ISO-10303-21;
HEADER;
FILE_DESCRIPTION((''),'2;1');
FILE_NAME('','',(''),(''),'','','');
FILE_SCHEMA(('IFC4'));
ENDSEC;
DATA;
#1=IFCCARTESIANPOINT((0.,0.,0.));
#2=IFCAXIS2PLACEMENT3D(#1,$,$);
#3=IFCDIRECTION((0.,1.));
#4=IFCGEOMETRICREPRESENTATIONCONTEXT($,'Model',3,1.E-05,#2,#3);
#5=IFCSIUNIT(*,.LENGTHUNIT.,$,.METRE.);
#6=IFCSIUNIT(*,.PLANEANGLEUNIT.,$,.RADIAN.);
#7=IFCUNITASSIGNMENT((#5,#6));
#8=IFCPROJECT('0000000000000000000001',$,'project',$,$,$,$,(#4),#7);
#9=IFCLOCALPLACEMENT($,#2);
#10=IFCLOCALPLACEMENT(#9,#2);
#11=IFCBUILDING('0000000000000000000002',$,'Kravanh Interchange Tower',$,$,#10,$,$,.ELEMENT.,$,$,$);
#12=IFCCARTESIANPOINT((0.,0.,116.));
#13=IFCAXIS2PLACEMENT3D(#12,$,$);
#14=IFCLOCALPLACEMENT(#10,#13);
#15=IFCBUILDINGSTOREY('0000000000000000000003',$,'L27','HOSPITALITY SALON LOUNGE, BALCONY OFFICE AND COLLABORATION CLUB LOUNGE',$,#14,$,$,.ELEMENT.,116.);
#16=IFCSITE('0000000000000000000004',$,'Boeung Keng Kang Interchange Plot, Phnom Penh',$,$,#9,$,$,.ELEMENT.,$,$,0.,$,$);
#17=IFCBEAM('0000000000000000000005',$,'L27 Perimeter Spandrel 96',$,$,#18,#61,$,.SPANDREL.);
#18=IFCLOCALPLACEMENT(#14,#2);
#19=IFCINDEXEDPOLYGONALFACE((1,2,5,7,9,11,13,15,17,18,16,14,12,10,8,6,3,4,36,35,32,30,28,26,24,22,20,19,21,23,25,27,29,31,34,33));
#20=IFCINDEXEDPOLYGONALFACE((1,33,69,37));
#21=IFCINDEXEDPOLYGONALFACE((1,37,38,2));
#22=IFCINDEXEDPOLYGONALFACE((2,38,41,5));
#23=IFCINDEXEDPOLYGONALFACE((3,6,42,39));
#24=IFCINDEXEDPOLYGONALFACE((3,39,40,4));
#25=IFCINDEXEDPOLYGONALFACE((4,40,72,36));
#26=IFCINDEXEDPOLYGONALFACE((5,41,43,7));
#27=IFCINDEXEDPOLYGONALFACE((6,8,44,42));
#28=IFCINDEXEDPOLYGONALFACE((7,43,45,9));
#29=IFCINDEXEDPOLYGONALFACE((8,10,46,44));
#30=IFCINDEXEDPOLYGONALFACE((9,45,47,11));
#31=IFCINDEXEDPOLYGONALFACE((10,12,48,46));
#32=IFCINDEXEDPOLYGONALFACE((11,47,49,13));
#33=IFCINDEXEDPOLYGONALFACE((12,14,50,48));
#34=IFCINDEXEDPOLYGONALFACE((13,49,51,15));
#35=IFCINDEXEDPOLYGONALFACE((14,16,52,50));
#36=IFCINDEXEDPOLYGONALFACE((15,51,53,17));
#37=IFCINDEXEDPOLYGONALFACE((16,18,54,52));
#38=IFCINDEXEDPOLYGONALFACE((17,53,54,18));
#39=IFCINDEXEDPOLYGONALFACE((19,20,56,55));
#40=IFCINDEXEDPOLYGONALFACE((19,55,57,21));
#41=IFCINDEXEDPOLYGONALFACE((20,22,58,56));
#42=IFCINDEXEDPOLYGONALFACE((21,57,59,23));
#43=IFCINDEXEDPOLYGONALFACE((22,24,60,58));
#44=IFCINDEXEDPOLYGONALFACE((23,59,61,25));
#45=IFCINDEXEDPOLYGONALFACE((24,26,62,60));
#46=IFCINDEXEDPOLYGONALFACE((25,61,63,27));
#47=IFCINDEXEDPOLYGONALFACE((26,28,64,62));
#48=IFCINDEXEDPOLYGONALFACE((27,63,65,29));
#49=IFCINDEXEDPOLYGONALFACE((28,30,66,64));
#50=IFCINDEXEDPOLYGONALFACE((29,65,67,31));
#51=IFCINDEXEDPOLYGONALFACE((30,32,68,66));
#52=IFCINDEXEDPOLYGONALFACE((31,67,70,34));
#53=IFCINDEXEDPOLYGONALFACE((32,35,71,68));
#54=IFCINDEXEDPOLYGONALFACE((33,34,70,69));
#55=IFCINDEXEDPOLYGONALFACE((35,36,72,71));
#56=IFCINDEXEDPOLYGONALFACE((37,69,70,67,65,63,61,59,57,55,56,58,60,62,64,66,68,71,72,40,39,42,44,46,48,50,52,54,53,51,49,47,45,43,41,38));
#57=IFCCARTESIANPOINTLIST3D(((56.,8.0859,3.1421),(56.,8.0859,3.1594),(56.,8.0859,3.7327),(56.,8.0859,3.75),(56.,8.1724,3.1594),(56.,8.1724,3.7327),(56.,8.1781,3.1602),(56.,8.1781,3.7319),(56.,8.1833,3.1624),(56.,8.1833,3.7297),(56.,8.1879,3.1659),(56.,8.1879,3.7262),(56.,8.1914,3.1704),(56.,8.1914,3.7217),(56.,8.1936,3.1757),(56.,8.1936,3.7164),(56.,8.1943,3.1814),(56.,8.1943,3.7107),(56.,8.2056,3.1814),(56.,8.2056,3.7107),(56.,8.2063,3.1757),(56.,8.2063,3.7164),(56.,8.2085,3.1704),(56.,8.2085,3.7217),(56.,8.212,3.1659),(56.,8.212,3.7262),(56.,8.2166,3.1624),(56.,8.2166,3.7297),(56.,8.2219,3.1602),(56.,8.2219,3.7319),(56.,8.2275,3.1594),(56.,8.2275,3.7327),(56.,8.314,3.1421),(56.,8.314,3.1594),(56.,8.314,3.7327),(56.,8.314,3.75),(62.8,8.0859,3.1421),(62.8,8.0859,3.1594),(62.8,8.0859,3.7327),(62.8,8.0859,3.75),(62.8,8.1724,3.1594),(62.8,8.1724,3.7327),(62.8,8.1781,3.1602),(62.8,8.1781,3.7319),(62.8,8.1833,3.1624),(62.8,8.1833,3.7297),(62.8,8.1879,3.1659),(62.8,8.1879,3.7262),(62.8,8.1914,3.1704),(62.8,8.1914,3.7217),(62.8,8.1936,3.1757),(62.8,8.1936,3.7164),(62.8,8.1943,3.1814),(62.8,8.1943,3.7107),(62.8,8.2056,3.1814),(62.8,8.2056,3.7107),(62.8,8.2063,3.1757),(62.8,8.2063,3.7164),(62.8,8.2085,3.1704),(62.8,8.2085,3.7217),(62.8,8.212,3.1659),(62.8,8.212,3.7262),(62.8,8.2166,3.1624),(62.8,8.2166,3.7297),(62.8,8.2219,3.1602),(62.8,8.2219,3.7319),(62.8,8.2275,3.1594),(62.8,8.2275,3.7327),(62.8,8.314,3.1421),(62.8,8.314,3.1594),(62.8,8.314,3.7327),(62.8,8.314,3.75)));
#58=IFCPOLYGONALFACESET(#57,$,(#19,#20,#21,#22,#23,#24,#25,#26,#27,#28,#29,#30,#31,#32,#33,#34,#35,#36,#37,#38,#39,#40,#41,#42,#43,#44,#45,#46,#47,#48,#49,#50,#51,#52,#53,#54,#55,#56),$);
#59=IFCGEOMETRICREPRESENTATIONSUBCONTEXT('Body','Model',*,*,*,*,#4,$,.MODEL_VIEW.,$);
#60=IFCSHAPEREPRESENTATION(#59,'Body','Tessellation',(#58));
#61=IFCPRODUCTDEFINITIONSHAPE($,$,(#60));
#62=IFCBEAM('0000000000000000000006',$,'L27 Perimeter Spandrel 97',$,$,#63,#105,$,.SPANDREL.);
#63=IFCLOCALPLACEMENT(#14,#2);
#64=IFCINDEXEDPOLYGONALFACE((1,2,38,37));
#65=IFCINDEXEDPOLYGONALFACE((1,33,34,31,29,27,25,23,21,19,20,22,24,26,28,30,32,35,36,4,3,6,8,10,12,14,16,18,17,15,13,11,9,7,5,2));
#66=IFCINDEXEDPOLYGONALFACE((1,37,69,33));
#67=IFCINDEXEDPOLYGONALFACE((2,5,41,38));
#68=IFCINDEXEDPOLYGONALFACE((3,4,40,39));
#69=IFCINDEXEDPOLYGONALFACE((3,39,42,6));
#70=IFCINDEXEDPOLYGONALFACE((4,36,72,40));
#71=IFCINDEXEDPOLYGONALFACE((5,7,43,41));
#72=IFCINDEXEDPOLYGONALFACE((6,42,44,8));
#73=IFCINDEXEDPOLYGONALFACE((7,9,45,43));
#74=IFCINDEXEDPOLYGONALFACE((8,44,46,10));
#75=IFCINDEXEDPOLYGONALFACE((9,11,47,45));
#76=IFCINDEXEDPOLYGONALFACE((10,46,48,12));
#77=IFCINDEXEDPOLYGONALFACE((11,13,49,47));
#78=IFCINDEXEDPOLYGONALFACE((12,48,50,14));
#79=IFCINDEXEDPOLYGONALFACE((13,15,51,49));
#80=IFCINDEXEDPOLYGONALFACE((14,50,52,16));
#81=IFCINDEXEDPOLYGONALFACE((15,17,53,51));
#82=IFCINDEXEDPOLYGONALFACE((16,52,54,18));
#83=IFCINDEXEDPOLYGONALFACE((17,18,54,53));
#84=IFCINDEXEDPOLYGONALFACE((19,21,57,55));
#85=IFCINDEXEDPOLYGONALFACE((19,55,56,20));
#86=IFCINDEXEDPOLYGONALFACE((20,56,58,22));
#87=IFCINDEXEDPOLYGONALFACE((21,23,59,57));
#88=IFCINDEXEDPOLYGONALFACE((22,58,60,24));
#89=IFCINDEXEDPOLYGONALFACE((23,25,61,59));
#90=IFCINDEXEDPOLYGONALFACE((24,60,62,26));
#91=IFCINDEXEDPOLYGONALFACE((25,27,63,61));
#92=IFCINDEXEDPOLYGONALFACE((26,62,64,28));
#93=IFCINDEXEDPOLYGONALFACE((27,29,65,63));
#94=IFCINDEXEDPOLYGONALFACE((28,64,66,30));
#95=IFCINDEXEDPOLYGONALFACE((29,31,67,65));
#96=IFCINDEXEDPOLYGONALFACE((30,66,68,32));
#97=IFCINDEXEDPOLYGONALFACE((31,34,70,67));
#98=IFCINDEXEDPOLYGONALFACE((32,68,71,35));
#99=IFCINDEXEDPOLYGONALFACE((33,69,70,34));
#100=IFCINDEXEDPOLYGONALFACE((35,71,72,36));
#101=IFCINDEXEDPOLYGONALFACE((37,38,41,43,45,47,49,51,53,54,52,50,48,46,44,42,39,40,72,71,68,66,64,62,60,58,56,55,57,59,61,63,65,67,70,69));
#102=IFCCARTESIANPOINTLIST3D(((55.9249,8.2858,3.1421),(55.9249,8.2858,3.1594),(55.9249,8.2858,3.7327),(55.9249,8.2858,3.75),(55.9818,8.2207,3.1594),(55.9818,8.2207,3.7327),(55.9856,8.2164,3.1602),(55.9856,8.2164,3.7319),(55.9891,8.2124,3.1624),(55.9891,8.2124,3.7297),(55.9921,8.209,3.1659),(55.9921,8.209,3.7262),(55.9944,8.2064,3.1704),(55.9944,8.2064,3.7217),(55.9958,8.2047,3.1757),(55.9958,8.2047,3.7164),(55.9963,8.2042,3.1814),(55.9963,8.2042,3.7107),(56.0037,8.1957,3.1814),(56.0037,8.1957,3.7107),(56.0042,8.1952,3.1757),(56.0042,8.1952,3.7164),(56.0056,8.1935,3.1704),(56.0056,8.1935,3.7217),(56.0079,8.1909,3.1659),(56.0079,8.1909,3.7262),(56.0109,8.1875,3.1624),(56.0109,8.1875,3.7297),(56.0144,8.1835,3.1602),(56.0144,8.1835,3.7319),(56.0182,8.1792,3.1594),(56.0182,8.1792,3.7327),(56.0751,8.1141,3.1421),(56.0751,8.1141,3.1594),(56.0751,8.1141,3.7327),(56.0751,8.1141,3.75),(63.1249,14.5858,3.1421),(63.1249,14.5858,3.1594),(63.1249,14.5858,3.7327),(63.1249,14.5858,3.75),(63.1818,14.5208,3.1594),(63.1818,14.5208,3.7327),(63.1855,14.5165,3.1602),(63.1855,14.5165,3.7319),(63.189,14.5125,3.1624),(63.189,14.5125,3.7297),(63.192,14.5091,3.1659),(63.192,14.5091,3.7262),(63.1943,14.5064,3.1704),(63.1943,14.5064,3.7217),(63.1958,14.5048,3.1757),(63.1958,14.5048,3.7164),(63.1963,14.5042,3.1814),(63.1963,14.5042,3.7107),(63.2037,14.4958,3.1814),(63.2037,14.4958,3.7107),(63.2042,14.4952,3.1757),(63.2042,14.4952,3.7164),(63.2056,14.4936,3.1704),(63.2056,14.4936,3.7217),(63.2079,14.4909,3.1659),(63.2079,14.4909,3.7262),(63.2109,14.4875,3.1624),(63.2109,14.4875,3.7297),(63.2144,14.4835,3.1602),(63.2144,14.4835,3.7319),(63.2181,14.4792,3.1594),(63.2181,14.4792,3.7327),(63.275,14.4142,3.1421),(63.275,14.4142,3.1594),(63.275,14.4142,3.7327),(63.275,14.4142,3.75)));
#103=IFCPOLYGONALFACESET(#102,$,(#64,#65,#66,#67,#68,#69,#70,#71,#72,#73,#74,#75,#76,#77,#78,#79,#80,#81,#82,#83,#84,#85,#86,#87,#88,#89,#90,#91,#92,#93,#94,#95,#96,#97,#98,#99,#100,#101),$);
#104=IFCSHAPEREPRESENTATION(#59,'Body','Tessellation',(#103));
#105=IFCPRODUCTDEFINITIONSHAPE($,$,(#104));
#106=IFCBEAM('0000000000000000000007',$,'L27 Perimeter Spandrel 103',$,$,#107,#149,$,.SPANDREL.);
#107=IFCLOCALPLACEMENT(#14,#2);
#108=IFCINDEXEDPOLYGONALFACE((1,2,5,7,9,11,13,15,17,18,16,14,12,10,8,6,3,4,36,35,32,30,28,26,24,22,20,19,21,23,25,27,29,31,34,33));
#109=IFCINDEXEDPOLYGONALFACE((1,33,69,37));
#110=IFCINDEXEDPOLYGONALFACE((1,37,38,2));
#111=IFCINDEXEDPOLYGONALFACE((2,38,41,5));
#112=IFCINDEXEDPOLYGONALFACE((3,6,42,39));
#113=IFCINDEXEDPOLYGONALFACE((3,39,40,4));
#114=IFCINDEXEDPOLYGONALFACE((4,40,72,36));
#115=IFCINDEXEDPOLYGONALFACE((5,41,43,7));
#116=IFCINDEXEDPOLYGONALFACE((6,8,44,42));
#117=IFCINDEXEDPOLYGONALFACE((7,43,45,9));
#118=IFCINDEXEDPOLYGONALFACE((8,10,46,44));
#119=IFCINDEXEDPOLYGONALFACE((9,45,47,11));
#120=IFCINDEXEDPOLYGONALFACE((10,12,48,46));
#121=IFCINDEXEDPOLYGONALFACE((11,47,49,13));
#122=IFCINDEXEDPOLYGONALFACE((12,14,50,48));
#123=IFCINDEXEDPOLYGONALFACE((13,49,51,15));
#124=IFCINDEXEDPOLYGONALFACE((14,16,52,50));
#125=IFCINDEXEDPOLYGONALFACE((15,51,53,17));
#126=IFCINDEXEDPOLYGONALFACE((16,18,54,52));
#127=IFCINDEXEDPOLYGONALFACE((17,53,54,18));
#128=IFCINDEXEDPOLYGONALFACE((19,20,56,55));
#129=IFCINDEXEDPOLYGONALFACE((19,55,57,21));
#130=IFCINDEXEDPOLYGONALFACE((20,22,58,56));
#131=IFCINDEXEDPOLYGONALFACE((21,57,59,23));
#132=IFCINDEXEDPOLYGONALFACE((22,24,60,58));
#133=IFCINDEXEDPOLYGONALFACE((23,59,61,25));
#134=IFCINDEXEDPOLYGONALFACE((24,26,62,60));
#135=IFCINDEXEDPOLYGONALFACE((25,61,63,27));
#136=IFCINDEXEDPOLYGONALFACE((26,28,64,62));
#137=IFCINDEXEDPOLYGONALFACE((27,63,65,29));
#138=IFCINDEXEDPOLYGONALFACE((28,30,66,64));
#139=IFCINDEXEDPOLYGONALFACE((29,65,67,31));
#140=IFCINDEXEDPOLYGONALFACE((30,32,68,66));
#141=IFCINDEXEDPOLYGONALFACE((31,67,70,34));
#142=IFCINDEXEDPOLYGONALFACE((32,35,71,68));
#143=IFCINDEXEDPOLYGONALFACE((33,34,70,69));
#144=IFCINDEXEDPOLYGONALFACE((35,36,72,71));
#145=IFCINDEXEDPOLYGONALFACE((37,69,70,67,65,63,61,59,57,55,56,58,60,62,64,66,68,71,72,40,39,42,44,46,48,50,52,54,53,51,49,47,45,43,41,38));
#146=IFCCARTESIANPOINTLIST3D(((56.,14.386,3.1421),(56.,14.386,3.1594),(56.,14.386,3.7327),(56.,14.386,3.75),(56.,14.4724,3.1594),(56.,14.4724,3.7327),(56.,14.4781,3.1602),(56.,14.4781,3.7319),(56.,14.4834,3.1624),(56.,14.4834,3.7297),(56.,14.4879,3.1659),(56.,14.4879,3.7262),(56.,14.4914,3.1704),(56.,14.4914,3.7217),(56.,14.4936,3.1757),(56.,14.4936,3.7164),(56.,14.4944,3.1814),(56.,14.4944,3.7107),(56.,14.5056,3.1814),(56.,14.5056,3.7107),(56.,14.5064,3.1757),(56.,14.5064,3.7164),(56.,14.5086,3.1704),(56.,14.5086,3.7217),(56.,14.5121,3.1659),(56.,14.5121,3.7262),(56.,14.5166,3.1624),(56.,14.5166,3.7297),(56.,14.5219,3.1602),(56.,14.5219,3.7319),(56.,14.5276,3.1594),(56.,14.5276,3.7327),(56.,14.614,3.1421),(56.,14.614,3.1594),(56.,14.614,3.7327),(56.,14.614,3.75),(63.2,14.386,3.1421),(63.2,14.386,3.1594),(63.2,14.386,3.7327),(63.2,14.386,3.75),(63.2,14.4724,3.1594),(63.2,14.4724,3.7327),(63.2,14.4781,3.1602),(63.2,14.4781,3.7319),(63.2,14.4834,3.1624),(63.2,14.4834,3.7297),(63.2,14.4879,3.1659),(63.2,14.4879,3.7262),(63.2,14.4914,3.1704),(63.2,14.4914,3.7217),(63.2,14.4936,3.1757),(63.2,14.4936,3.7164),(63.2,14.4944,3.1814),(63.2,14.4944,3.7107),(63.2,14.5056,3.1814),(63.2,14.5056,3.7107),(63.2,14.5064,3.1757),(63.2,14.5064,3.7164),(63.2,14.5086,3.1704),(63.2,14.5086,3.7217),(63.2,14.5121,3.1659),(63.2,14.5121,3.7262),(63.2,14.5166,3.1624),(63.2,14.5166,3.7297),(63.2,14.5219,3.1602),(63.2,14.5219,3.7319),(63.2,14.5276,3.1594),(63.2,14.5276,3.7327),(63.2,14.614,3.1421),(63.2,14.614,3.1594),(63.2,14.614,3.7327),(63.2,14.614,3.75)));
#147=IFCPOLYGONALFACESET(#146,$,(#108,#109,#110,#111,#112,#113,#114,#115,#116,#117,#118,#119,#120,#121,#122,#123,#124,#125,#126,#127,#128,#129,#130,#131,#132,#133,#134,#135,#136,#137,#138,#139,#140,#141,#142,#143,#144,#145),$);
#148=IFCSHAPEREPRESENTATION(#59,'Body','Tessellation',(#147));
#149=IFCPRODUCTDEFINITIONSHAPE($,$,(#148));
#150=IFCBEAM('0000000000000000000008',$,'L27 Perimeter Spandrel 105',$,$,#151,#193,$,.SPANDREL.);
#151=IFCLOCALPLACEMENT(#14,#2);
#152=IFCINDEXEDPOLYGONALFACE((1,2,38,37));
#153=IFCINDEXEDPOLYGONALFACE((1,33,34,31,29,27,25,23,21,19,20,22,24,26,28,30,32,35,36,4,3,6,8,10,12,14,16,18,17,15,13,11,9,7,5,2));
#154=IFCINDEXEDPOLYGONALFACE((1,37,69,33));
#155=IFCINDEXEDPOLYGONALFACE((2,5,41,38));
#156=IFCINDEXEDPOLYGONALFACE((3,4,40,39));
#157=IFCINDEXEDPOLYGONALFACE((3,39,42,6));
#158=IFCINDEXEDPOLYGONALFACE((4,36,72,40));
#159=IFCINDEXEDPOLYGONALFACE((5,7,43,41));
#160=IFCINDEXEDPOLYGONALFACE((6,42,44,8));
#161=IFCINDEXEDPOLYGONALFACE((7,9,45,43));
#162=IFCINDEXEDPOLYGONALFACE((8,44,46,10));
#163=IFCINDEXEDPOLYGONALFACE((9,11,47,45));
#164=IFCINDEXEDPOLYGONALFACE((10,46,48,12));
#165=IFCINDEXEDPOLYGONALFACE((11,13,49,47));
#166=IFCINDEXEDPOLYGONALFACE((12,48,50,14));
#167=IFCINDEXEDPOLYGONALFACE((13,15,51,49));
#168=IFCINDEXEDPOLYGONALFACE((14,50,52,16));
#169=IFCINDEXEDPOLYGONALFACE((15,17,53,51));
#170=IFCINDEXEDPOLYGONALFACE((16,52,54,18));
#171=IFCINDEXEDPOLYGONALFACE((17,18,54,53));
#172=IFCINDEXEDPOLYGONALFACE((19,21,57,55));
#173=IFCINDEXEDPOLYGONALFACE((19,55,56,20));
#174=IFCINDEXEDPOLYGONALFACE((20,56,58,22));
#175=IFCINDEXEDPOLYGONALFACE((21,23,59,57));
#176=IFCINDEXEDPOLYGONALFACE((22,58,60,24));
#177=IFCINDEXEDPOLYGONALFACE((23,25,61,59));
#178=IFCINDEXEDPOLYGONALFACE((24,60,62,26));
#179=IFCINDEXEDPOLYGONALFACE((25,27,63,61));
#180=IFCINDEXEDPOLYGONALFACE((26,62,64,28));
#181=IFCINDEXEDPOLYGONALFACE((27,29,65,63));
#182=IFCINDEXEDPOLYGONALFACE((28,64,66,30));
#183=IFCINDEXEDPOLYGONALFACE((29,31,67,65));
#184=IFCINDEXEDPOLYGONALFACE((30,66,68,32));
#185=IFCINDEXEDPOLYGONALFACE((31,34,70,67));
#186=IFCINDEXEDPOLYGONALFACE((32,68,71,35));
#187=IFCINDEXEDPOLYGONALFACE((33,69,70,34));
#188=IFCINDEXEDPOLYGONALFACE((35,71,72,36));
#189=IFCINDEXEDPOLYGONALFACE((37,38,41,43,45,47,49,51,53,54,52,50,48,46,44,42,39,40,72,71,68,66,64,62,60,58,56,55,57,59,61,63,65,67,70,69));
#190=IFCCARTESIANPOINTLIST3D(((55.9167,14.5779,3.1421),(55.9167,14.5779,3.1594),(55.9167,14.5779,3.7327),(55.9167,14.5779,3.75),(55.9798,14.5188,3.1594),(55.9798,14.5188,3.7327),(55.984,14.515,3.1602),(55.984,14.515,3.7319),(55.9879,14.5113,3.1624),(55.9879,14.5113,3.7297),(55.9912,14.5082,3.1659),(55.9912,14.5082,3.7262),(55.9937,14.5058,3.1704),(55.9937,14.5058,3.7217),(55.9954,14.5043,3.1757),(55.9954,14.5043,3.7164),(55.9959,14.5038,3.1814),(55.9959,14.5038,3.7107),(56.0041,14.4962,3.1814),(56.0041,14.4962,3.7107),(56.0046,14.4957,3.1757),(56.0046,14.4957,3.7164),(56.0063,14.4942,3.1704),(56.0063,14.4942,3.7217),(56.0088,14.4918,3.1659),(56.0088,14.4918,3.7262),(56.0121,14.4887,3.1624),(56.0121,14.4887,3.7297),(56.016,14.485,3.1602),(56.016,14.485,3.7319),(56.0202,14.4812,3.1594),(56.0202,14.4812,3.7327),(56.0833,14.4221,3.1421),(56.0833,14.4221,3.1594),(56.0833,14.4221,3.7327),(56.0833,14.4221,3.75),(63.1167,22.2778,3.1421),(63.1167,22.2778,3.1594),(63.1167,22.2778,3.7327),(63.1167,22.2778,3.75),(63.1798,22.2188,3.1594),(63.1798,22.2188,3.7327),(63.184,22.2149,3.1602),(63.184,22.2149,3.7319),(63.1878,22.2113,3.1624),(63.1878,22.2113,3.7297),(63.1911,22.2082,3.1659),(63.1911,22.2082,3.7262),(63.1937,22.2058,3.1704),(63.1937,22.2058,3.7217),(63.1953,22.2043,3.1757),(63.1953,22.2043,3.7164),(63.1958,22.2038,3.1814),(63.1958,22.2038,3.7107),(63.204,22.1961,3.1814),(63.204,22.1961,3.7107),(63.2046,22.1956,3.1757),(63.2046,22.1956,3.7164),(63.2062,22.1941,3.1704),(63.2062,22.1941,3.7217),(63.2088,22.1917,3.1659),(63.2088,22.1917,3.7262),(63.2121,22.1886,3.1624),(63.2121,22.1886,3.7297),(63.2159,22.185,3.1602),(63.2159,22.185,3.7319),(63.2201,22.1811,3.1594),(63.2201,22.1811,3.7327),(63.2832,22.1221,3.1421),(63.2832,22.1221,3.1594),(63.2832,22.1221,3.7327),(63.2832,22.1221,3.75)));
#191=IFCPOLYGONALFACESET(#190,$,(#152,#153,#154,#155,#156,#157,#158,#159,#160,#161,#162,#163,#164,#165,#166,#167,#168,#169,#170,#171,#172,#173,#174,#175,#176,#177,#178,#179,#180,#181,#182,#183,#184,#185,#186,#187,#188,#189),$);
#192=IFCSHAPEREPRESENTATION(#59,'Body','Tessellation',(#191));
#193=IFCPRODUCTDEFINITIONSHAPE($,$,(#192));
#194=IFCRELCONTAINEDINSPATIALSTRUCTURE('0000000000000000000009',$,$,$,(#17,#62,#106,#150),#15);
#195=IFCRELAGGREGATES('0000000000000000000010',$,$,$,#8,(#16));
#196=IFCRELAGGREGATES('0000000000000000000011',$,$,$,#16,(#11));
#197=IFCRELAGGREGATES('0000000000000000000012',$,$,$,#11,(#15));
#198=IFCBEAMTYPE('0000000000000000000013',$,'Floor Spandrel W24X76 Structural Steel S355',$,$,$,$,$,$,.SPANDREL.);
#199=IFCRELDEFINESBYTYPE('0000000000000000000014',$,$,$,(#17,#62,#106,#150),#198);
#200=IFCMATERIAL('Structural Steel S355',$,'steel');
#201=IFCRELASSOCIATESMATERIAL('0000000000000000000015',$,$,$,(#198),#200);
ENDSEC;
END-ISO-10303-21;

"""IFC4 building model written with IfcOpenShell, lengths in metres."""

from ifc_helpers import new_model, si_unit, direction, frame, origin, origin_2d, place, context, subcontext, project, spatial, i_section, extrude, material, material_profile, profile_set, type_object, element, save


model = new_model("IFC4")

# Units and contexts
model_context = context("Model", 3, precision=1e-05, world=origin(), true_north=direction((0.0, 1.0)))
body_context = subcontext(model_context, "Body", "Model", "MODEL_VIEW")
ifc_project = project(units=[si_unit("LENGTHUNIT", "METRE"), si_unit("PLANEANGLEUNIT", "RADIAN")], contexts=[model_context])

# Site, building, storey
site_placement = place(None, origin())
site = spatial("IfcSite", under=ifc_project, at=site_placement, Name="Boeung Keng Kang Interchange Plot, Phnom Penh", CompositionType="ELEMENT", RefElevation=0.0)
building_placement = place(site_placement, origin())
building = spatial("IfcBuilding", under=site, at=building_placement, Name="Kravanh Interchange Tower", CompositionType="ELEMENT")
storey_placement = place(building_placement, frame((0.0, 0.0, 116.0)))
storey = spatial("IfcBuildingStorey", under=building, at=storey_placement, Name="L27", Description="HOSPITALITY SALON LOUNGE, BALCONY OFFICE AND COLLABORATION CLUB LOUNGE", CompositionType="ELEMENT", Elevation=116.0)

# Beams
ifc_material_1 = material(Name="Structural Steel S355", Category="steel")
ifc_material_profile_1 = material_profile(ifc_material_1, i_section(OverallWidth=0.228, OverallDepth=0.6079, WebThickness=0.0112, FlangeThickness=0.0173, FilletRadius=0.022, at=origin_2d()), Name="W24X76")
ifc_profile_set_1 = profile_set([ifc_material_profile_1], Name="Structural Steel S355")
beam_type_1 = type_object("IfcBeamType", Name="Floor Spandrel W24X76 Structural Steel S355", PredefinedType="SPANDREL", material=ifc_profile_set_1)
beam_1_placement = place(storey_placement, frame((56.0, 8.2, 3.446), z_axis=(1.0, 0.0, 0.0), x_axis=(0.0, 1.0, 0.0)))
element("IfcBeam", 1, at=beam_1_placement, inside=storey, type_object=beam_type_1, Name="L27 Perimeter Spandrel 96", PredefinedType="SPANDREL", context=body_context, shape_type="SweptSolid", body=[
    extrude(i_section(OverallWidth=0.228, OverallDepth=0.6079, WebThickness=0.0112, FlangeThickness=0.0173, FilletRadius=0.022, at=origin_2d()), origin(), (0.0, 0.0, 1.0), 6.8),
])
beam_2_placement = place(storey_placement, frame((56.0, 8.2, 3.446), z_axis=(0.752572, 0.65851, 0.0), x_axis=(-0.65851, 0.752572, 0.0)))
element("IfcBeam", 2, at=beam_2_placement, inside=storey, type_object=beam_type_1, Name="L27 Perimeter Spandrel 97", PredefinedType="SPANDREL", context=body_context, shape_type="SweptSolid", body=[
    extrude(i_section(OverallWidth=0.228, OverallDepth=0.6079, WebThickness=0.0112, FlangeThickness=0.0173, FilletRadius=0.022, at=origin_2d()), origin(), (0.0, 0.0, 1.0), 9.5671),
])
beam_3_placement = place(storey_placement, frame((56.0, 14.5, 3.446), z_axis=(1.0, 0.0, 0.0), x_axis=(0.0, 1.0, 0.0)))
element("IfcBeam", 3, at=beam_3_placement, inside=storey, type_object=beam_type_1, Name="L27 Perimeter Spandrel 103", PredefinedType="SPANDREL", context=body_context, shape_type="SweptSolid", body=[
    extrude(i_section(OverallWidth=0.228, OverallDepth=0.6079, WebThickness=0.0112, FlangeThickness=0.0173, FilletRadius=0.022, at=origin_2d()), origin(), (0.0, 0.0, 1.0), 7.2),
])
beam_4_placement = place(storey_placement, frame((56.0, 14.5, 3.446), z_axis=(0.682994, 0.730424, 0.0), x_axis=(-0.730424, 0.682994, 0.0)))
element("IfcBeam", 4, at=beam_4_placement, inside=storey, type_object=beam_type_1, Name="L27 Perimeter Spandrel 105", PredefinedType="SPANDREL", context=body_context, shape_type="SweptSolid", body=[
    extrude(i_section(OverallWidth=0.228, OverallDepth=0.6079, WebThickness=0.0112, FlangeThickness=0.0173, FilletRadius=0.022, at=origin_2d()), origin(), (0.0, 0.0, 1.0), 10.5417),
])

save(model, "model.ifc")
